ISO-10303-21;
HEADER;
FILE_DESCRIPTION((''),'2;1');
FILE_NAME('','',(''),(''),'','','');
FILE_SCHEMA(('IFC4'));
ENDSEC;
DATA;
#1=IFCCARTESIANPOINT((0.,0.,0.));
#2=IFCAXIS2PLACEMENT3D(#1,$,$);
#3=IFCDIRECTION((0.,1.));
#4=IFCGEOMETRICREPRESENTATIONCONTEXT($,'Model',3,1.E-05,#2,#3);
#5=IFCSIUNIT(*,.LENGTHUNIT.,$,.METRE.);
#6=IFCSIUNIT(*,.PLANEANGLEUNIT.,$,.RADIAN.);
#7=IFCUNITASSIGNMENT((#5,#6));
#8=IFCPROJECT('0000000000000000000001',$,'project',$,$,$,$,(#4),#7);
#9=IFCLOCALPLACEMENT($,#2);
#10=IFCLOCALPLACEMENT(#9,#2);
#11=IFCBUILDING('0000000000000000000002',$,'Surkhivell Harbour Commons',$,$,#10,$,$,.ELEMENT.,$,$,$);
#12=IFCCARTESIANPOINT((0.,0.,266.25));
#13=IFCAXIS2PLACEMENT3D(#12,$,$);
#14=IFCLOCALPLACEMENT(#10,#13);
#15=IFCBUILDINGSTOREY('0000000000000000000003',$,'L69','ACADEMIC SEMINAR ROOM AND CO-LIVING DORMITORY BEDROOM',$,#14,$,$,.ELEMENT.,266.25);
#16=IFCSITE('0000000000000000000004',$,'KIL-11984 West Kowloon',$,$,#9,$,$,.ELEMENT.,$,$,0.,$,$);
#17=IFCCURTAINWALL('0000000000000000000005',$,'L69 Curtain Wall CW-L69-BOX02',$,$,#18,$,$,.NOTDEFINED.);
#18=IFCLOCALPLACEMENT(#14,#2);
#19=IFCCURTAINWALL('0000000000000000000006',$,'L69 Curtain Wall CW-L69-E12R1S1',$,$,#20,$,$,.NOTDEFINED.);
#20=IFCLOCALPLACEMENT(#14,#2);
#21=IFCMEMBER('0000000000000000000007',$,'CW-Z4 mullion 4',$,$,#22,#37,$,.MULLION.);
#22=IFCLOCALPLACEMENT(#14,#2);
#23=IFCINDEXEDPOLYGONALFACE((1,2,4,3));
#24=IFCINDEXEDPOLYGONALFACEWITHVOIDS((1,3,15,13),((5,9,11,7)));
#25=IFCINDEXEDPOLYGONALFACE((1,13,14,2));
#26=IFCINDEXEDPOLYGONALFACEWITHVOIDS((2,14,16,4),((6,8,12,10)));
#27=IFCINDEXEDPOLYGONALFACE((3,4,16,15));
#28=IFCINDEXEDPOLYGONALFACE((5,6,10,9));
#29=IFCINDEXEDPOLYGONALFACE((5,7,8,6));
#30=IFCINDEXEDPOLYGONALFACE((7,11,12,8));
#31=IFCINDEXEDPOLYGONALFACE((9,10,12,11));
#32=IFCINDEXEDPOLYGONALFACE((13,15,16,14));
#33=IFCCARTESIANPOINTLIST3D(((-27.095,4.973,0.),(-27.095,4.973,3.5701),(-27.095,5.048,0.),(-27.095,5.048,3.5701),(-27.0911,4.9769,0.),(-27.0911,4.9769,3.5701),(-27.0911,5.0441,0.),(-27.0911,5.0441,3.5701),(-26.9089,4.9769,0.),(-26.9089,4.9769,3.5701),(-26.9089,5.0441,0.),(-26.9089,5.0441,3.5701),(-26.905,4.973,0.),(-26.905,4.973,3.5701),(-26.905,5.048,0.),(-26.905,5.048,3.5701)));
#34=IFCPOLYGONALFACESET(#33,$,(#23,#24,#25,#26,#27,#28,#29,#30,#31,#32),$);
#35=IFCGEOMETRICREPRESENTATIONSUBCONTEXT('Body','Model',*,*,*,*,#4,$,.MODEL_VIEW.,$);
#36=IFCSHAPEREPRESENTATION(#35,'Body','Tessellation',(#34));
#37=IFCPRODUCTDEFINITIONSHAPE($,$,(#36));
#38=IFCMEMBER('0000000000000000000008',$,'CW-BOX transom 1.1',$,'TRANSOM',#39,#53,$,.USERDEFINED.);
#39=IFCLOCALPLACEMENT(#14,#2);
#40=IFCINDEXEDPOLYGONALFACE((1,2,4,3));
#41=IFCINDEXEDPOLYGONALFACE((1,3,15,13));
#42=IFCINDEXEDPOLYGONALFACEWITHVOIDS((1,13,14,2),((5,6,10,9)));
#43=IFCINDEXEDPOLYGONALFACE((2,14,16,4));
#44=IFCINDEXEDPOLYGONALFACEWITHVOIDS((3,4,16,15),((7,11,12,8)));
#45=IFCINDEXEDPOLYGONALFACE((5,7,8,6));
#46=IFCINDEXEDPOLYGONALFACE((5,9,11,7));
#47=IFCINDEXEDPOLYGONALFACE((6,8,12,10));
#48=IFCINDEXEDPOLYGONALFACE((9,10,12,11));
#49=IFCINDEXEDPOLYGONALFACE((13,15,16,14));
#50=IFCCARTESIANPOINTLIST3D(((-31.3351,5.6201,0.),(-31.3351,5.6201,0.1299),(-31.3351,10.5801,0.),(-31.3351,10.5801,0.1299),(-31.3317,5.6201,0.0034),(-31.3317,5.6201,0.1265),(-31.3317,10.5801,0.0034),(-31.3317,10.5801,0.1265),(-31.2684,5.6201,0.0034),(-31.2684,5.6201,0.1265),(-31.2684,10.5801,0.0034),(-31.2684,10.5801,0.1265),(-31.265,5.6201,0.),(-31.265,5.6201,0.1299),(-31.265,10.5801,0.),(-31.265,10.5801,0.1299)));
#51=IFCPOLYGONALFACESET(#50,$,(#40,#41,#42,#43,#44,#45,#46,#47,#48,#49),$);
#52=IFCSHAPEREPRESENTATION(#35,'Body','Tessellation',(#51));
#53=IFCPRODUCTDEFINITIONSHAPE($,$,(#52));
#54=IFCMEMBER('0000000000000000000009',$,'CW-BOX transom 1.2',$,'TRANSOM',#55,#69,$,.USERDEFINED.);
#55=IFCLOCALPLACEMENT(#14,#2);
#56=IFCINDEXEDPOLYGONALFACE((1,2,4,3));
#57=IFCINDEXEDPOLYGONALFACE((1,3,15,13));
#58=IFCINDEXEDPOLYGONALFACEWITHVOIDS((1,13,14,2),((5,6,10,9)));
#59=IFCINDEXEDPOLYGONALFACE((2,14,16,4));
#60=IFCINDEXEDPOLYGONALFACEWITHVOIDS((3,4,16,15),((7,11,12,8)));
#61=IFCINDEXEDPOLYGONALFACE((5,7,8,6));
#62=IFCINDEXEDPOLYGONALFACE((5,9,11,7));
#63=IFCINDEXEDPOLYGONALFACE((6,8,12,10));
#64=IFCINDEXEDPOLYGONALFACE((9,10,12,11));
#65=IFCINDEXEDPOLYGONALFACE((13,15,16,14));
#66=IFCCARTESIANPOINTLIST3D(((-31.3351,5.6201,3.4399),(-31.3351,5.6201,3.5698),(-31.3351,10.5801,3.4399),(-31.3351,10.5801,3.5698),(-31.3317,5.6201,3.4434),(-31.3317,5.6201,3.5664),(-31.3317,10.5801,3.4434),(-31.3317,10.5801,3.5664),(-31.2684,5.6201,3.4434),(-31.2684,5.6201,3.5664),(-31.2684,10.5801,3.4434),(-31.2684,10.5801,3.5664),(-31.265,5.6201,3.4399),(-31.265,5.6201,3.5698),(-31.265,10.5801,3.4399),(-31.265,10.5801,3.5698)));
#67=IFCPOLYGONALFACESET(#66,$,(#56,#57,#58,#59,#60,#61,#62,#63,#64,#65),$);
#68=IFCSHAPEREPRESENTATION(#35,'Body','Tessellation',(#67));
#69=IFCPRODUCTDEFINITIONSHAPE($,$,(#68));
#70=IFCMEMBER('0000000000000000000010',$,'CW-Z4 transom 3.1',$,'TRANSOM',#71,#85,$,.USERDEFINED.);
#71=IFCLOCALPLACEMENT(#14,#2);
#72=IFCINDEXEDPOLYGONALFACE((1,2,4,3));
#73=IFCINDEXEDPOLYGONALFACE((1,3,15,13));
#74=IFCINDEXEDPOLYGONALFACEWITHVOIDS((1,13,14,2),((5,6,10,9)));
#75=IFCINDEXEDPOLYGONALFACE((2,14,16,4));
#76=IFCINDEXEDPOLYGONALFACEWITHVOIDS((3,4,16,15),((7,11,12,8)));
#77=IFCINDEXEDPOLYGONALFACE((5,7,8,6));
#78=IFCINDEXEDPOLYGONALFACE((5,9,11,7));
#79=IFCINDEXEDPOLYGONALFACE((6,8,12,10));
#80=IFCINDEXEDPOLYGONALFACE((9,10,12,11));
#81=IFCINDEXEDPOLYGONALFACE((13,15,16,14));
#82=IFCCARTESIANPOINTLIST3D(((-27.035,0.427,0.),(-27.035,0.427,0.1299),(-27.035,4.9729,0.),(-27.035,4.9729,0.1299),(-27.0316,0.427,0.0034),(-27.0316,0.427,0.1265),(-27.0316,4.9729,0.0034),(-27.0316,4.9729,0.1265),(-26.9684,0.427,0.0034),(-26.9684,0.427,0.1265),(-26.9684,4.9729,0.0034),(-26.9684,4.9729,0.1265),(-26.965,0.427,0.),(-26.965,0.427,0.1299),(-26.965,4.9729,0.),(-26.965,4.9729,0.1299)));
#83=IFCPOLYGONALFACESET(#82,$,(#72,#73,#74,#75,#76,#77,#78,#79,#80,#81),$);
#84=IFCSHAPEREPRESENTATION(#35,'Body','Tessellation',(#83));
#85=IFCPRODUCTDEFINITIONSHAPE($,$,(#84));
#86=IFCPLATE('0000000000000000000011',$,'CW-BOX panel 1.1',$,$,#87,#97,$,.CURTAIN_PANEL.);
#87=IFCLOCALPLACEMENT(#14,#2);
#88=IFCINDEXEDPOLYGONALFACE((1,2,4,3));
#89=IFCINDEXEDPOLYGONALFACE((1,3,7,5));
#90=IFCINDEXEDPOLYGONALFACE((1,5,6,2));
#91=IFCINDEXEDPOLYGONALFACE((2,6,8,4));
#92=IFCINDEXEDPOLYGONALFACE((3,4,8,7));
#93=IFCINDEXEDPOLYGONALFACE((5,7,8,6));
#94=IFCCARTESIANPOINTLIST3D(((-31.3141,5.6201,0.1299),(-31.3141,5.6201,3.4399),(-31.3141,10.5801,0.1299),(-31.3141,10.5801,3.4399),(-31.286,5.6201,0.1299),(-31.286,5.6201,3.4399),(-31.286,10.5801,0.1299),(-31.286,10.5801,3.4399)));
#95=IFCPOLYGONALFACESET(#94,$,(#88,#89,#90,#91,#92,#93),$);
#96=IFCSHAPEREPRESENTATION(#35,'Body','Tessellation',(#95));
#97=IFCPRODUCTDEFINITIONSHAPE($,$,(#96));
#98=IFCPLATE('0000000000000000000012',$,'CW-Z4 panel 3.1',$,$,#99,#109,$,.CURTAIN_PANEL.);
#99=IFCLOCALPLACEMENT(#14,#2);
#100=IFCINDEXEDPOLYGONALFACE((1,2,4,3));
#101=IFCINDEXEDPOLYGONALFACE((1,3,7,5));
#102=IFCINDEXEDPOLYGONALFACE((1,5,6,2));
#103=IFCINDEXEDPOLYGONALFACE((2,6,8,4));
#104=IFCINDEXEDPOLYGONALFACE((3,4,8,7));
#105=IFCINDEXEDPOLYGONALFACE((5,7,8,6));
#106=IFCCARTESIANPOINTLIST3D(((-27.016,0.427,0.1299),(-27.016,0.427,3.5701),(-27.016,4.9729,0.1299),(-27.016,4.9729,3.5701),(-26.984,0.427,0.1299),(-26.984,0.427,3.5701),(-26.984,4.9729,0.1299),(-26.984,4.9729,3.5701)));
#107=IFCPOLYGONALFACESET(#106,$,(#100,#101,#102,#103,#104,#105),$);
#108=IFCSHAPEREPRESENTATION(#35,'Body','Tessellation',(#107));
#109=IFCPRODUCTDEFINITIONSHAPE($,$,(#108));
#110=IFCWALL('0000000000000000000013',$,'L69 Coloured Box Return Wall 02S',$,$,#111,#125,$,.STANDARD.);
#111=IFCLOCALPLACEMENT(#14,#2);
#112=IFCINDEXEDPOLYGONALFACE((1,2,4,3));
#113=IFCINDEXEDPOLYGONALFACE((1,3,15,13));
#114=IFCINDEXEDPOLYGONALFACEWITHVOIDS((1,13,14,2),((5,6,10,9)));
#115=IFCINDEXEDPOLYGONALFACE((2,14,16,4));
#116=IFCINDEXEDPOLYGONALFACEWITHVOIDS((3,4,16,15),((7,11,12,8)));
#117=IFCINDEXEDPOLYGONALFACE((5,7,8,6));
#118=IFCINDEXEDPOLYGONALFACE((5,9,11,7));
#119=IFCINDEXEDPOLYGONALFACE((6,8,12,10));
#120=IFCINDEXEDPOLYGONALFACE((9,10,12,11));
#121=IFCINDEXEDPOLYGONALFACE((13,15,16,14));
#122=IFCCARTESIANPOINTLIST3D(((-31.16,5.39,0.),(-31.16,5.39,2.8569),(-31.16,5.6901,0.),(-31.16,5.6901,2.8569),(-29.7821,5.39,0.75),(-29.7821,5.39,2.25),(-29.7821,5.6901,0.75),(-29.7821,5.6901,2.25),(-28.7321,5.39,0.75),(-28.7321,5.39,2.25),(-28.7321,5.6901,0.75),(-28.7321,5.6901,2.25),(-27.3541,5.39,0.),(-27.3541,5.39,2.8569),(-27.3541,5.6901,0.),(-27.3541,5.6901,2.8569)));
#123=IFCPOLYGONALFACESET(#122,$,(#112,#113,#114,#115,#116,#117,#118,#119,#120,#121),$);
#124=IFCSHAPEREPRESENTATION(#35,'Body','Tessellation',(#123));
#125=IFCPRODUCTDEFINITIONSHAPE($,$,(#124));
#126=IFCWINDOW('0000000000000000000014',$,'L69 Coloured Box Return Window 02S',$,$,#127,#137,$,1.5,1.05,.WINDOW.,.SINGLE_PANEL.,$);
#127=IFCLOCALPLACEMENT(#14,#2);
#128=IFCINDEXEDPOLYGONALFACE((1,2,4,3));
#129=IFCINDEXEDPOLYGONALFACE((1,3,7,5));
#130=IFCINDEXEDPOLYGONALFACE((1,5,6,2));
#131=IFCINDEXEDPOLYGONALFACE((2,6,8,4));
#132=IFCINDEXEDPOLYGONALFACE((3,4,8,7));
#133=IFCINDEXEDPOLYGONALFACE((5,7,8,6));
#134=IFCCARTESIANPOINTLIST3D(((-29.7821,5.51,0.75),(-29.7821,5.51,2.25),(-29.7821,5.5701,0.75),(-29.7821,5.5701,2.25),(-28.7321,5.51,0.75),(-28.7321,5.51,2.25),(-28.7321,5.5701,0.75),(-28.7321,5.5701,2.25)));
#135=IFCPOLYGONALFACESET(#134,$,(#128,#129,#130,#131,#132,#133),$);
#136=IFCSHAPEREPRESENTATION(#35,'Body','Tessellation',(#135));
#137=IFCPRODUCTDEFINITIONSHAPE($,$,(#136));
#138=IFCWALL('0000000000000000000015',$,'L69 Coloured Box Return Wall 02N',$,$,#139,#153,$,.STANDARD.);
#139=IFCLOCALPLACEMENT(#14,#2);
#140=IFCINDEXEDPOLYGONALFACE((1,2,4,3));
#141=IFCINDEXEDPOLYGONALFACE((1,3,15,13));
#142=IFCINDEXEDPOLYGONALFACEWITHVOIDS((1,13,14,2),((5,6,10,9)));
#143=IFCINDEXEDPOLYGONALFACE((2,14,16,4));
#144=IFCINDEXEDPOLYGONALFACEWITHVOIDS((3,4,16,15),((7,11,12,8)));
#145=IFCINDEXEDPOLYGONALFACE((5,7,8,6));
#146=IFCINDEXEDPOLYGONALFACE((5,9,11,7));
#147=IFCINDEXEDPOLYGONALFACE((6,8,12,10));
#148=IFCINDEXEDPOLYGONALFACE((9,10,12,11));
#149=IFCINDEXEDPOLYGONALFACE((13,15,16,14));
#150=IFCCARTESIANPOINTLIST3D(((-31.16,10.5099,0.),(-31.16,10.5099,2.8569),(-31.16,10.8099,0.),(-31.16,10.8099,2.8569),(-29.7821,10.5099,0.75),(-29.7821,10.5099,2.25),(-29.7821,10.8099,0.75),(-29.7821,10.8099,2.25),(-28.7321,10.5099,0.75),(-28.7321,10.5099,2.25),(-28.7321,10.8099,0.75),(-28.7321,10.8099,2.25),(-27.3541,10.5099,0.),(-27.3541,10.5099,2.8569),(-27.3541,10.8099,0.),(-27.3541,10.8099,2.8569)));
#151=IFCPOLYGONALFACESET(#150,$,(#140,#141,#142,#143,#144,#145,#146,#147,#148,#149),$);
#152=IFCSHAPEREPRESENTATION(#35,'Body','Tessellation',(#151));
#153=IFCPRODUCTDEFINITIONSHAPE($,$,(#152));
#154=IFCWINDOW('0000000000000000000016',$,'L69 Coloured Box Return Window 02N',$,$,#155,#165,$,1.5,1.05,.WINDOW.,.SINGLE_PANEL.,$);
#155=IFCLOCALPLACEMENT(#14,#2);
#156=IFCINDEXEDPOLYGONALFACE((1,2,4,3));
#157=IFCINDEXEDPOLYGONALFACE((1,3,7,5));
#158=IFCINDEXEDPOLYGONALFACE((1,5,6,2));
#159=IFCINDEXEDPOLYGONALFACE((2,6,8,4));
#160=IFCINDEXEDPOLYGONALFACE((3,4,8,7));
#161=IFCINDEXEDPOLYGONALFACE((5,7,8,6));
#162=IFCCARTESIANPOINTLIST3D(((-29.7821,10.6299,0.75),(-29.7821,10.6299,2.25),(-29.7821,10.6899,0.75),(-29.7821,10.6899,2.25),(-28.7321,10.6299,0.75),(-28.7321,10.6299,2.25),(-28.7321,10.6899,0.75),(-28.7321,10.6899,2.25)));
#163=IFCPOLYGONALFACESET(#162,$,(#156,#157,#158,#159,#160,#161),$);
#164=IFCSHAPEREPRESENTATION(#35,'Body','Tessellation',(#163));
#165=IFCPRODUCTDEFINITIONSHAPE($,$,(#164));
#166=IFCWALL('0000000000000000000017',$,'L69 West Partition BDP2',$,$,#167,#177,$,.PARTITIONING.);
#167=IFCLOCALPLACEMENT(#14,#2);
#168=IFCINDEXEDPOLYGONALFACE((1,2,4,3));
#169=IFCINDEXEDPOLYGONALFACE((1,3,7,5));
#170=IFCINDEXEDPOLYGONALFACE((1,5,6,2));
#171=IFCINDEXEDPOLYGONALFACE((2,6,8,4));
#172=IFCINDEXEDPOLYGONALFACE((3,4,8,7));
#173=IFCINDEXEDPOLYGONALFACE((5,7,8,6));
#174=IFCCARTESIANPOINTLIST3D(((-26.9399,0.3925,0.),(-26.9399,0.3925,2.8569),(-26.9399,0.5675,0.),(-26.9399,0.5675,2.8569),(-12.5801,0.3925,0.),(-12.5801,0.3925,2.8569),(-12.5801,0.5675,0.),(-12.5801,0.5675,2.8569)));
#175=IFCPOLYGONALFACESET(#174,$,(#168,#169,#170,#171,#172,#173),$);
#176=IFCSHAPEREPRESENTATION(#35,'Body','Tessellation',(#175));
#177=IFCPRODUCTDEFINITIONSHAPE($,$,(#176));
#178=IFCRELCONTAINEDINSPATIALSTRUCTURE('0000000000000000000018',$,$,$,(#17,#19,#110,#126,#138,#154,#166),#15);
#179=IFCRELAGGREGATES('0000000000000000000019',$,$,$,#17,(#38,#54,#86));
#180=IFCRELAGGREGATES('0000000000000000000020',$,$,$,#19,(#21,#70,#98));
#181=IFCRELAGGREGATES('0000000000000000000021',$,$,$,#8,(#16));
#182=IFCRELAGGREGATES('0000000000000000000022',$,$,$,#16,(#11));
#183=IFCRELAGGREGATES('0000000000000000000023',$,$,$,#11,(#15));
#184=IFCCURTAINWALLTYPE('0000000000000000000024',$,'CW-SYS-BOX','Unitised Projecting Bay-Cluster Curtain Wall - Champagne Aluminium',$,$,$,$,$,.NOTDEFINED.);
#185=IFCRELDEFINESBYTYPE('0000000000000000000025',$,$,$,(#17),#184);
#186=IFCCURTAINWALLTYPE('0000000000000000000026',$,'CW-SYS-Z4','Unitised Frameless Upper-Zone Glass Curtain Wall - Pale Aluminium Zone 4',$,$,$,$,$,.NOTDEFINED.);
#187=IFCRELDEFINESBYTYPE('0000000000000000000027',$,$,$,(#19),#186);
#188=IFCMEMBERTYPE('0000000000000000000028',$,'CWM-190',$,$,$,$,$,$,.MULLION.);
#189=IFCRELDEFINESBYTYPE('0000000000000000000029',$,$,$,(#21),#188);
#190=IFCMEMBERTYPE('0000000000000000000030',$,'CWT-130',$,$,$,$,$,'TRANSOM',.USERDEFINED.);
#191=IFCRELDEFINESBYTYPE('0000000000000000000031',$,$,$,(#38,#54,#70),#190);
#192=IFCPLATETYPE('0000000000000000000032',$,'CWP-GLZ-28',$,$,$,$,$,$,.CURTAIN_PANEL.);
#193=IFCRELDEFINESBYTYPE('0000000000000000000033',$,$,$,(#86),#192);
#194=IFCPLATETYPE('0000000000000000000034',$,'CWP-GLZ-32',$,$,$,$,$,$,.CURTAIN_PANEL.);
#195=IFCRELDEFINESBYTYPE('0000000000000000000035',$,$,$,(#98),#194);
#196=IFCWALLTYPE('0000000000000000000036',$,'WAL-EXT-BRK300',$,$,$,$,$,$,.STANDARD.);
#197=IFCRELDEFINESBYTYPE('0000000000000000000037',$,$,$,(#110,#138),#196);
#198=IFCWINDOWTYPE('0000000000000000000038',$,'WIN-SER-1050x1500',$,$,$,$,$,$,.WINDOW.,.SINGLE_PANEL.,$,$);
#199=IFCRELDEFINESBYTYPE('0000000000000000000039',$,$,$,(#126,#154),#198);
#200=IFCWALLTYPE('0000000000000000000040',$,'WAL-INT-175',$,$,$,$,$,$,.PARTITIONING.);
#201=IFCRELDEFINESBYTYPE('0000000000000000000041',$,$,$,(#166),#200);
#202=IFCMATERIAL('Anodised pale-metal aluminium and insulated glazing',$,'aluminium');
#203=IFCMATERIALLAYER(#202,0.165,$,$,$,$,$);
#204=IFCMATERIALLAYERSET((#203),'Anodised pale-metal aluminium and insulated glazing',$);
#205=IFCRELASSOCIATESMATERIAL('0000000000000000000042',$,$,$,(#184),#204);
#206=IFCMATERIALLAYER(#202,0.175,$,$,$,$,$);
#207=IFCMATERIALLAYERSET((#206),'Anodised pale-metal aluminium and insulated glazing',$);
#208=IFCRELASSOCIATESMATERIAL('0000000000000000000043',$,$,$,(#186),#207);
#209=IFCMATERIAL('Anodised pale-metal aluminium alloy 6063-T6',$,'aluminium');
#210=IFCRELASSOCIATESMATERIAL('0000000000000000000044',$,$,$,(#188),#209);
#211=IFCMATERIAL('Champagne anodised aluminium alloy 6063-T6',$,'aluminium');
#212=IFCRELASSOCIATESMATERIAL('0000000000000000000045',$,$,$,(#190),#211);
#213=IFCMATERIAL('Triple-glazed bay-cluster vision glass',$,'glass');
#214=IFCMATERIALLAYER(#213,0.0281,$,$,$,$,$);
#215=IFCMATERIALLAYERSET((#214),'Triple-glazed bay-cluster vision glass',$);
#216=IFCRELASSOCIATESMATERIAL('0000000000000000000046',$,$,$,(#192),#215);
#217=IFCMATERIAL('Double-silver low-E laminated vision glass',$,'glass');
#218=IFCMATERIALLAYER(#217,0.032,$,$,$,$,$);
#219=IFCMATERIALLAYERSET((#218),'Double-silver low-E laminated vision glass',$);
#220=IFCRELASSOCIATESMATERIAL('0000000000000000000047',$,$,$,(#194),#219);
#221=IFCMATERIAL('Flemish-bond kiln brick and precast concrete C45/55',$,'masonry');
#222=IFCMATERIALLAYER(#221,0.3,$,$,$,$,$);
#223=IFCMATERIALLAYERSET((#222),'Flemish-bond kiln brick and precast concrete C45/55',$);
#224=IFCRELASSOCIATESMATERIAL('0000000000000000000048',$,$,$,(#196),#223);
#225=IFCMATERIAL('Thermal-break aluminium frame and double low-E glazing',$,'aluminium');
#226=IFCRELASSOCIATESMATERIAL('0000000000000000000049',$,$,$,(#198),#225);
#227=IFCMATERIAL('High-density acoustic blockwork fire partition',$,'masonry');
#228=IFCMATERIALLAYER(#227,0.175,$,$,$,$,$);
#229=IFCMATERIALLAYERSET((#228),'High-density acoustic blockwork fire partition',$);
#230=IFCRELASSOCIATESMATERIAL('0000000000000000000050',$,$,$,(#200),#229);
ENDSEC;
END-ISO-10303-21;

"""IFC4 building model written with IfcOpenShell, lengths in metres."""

from ifc_helpers import new_model, si_unit, direction, frame, frame_2d, origin, origin_2d, place, context, subcontext, project, spatial, rectangle, hollow_rectangle, extrude, material, layer, layer_set, material_profile, profile_set, type_object, element, fill, aggregate, save


model = new_model("IFC4")

# Units and contexts
model_context = context("Model", 3, precision=1e-05, world=origin(), true_north=direction((0.0, 1.0)))
body_context = subcontext(model_context, "Body", "Model", "MODEL_VIEW")
ifc_project = project(units=[si_unit("LENGTHUNIT", "METRE"), si_unit("PLANEANGLEUNIT", "RADIAN")], contexts=[model_context])

# Site, building, storey
site_placement = place(None, origin())
site = spatial("IfcSite", under=ifc_project, at=site_placement, Name="KIL-11984 West Kowloon", CompositionType="ELEMENT", RefElevation=0.0)
building_placement = place(site_placement, origin())
building = spatial("IfcBuilding", under=site, at=building_placement, Name="Surkhivell Harbour Commons", CompositionType="ELEMENT")
storey_placement = place(building_placement, frame((0.0, 0.0, 266.25)))
storey = spatial("IfcBuildingStorey", under=building, at=storey_placement, Name="L69", Description="ACADEMIC SEMINAR ROOM AND CO-LIVING DORMITORY BEDROOM", CompositionType="ELEMENT", Elevation=266.25)

# Curtain wall
ifc_material_1 = material(Name="Anodised pale-metal aluminium and insulated glazing", Category="aluminium")
ifc_layer_1 = layer(ifc_material_1, 0.165)
ifc_layer_set_1 = layer_set([ifc_layer_1], Name="Anodised pale-metal aluminium and insulated glazing")
curtain_wall_type_1 = type_object("IfcCurtainWallType", Name="CW-SYS-BOX", Description="Unitised Projecting Bay-Cluster Curtain Wall - Champagne Aluminium", PredefinedType="NOTDEFINED", material=ifc_layer_set_1)
curtain_wall_1_placement = place(storey_placement, origin())
curtain_wall_1 = element("IfcCurtainWall", 1, at=curtain_wall_1_placement, inside=storey, type_object=curtain_wall_type_1, Name="L69 Curtain Wall CW-L69-BOX02", PredefinedType="NOTDEFINED")
ifc_material_2 = material(Name="Champagne anodised aluminium alloy 6063-T6", Category="aluminium")

# Curtain wall, member
ifc_layer_2 = layer(ifc_material_1, 0.175)
ifc_layer_set_2 = layer_set([ifc_layer_2], Name="Anodised pale-metal aluminium and insulated glazing")
curtain_wall_type_2 = type_object("IfcCurtainWallType", Name="CW-SYS-Z4", Description="Unitised Frameless Upper-Zone Glass Curtain Wall - Pale Aluminium Zone 4", PredefinedType="NOTDEFINED", material=ifc_layer_set_2)
curtain_wall_2_placement = place(storey_placement, origin())
curtain_wall_2 = element("IfcCurtainWall", 2, at=curtain_wall_2_placement, inside=storey, type_object=curtain_wall_type_2, Name="L69 Curtain Wall CW-L69-E12R1S1", PredefinedType="NOTDEFINED")
ifc_material_3 = material(Name="Anodised pale-metal aluminium alloy 6063-T6", Category="aluminium")
ifc_material_profile_1 = material_profile(ifc_material_3, hollow_rectangle(XDim=0.075, YDim=0.1899, WallThickness=0.0039, at=origin_2d()), Name="ALU-MULL-75x190")
ifc_profile_set_1 = profile_set([ifc_material_profile_1], Name="Anodised pale-metal aluminium alloy 6063-T6")
member_type_1 = type_object("IfcMemberType", Name="CWM-190", PredefinedType="MULLION", material=ifc_profile_set_1)
member_1_placement = place(storey_placement, frame((-27.0, 5.0105, 0.0), z_axis=(0.0, 0.0, 1.0), x_axis=(0.0, 1.0, 0.0)))
member_1 = element("IfcMember", 3, at=member_1_placement, type_object=member_type_1, Name="CW-Z4 mullion 4", PredefinedType="MULLION", context=body_context, shape_type="SweptSolid", body=[
    extrude(hollow_rectangle(XDim=0.075, YDim=0.1899, WallThickness=0.0039, at=origin_2d()), origin(), (0.0, 0.0, 1.0), 3.5701),
])

# Members
ifc_material_profile_2 = material_profile(ifc_material_2, hollow_rectangle(XDim=0.0701, YDim=0.1299, WallThickness=0.0034, at=origin_2d()), Name="ALU-TRAN-70x130")
ifc_profile_set_2 = profile_set([ifc_material_profile_2], Name="Champagne anodised aluminium alloy 6063-T6")
member_type_2 = type_object("IfcMemberType", Name="CWT-130", ElementType="TRANSOM", PredefinedType="USERDEFINED", material=ifc_profile_set_2)
member_2_placement = place(storey_placement, frame((-31.3, 5.6201, 0.0649), z_axis=(0.0, 1.0, 0.0), x_axis=(-1.0, 0.0, 0.0)))
member_2 = element("IfcMember", 4, at=member_2_placement, type_object=member_type_2, Name="CW-BOX transom 1.1", ObjectType="TRANSOM", PredefinedType="USERDEFINED", context=body_context, shape_type="SweptSolid", body=[
    extrude(hollow_rectangle(XDim=0.0701, YDim=0.1299, WallThickness=0.0034, at=origin_2d()), origin(), (0.0, 0.0, 1.0), 4.96),
])
member_3_placement = place(storey_placement, frame((-31.3, 5.6201, 3.5049), z_axis=(0.0, 1.0, 0.0), x_axis=(-1.0, 0.0, 0.0)))
member_3 = element("IfcMember", 5, at=member_3_placement, type_object=member_type_2, Name="CW-BOX transom 1.2", ObjectType="TRANSOM", PredefinedType="USERDEFINED", context=body_context, shape_type="SweptSolid", body=[
    extrude(hollow_rectangle(XDim=0.0701, YDim=0.1299, WallThickness=0.0034, at=origin_2d()), origin(), (0.0, 0.0, 1.0), 4.96),
])
member_4_placement = place(storey_placement, frame((-27.0, 0.427, 0.0649), z_axis=(0.0, 1.0, 0.0), x_axis=(-1.0, 0.0, 0.0)))
member_4 = element("IfcMember", 6, at=member_4_placement, type_object=member_type_2, Name="CW-Z4 transom 3.1", ObjectType="TRANSOM", PredefinedType="USERDEFINED", context=body_context, shape_type="SweptSolid", body=[
    extrude(hollow_rectangle(XDim=0.0701, YDim=0.1299, WallThickness=0.0034, at=origin_2d()), origin(), (0.0, 0.0, 1.0), 4.5459),
])

# Plates
ifc_material_4 = material(Name="Triple-glazed bay-cluster vision glass", Category="glass")
ifc_layer_3 = layer(ifc_material_4, 0.0281)
ifc_layer_set_3 = layer_set([ifc_layer_3], Name="Triple-glazed bay-cluster vision glass")
plate_type_1 = type_object("IfcPlateType", Name="CWP-GLZ-28", PredefinedType="CURTAIN_PANEL", material=ifc_layer_set_3)
plate_1_placement = place(storey_placement, frame((-31.3, 5.6201, 0.1299), z_axis=(0.0, 0.0, 1.0), x_axis=(0.0, 1.0, 0.0)))
plate_1 = element("IfcPlate", 7, at=plate_1_placement, type_object=plate_type_1, Name="CW-BOX panel 1.1", PredefinedType="CURTAIN_PANEL", context=body_context, shape_type="SweptSolid", body=[
    extrude(rectangle(XDim=4.96, YDim=0.0281, at=frame_2d((2.48, 0.0))), origin(), (0.0, 0.0, 1.0), 3.3101),
])
aggregate(curtain_wall_1, [member_2, member_3, plate_1])
ifc_material_5 = material(Name="Double-silver low-E laminated vision glass", Category="glass")
ifc_layer_4 = layer(ifc_material_5, 0.032)
ifc_layer_set_4 = layer_set([ifc_layer_4], Name="Double-silver low-E laminated vision glass")
plate_type_2 = type_object("IfcPlateType", Name="CWP-GLZ-32", PredefinedType="CURTAIN_PANEL", material=ifc_layer_set_4)
plate_2_placement = place(storey_placement, frame((-27.0, 0.427, 0.1299), z_axis=(0.0, 0.0, 1.0), x_axis=(0.0, 1.0, 0.0)))
plate_2 = element("IfcPlate", 8, at=plate_2_placement, type_object=plate_type_2, Name="CW-Z4 panel 3.1", PredefinedType="CURTAIN_PANEL", context=body_context, shape_type="SweptSolid", body=[
    extrude(rectangle(XDim=4.5459, YDim=0.032, at=frame_2d((2.2729, 0.0))), origin(), (0.0, 0.0, 1.0), 3.4402),
])
aggregate(curtain_wall_2, [member_1, member_4, plate_2])

# Walls, openings, windows
ifc_material_6 = material(Name="Flemish-bond kiln brick and precast concrete C45/55", Category="masonry")
ifc_layer_5 = layer(ifc_material_6, 0.3)
ifc_layer_set_5 = layer_set([ifc_layer_5], Name="Flemish-bond kiln brick and precast concrete C45/55")
wall_type_1 = type_object("IfcWallType", Name="WAL-EXT-BRK300", PredefinedType="STANDARD", material=ifc_layer_set_5)
wall_1_placement = place(storey_placement, frame((-31.1599, 5.54, 0.0), z_axis=(0.0, 0.0, 1.0), x_axis=(1.0, 0.0, 0.0)))
wall_1 = element("IfcWall", 9, at=wall_1_placement, inside=storey, type_object=wall_type_1, Name="L69 Coloured Box Return Wall 02S", PredefinedType="STANDARD", context=body_context, shape_type="SweptSolid", body=[
    extrude(rectangle(XDim=3.8059, YDim=0.3, at=frame_2d((1.9028, 0.0))), origin(), (0.0, 0.0, 1.0), 2.8569),
])
opening_1_placement = place(wall_1_placement, frame((1.3779, 0.0, 0.75)))
opening_1 = element("IfcOpeningElement", 10, at=opening_1_placement, cuts=wall_1, PredefinedType="OPENING", context=body_context, shape_type="SweptSolid", body=[
    extrude(rectangle(XDim=1.05, YDim=1.5, at=frame_2d((0.5249, 0.75))), frame((0.0, 0.1599, 0.0), z_axis=(0.0, -1.0, 0.0), x_axis=(1.0, 0.0, 0.0)), (0.0, 0.0, 1.0), 0.3201),
])
ifc_material_7 = material(Name="Thermal-break aluminium frame and double low-E glazing", Category="aluminium")
window_type = type_object("IfcWindowType", Name="WIN-SER-1050x1500", PartitioningType="SINGLE_PANEL", PredefinedType="WINDOW", material=ifc_material_7)
window_1_placement = place(opening_1_placement, origin())
window_1 = element("IfcWindow", 11, at=window_1_placement, inside=storey, type_object=window_type, Name="L69 Coloured Box Return Window 02S", OverallHeight=1.5, OverallWidth=1.05, PartitioningType="SINGLE_PANEL", PredefinedType="WINDOW", context=body_context, shape_type="SweptSolid", body=[
    extrude(rectangle(XDim=1.05, YDim=1.5, at=frame_2d((0.5249, 0.75))), frame((0.0, 0.03, 0.0), z_axis=(0.0, -1.0, 0.0), x_axis=(1.0, 0.0, 0.0)), (0.0, 0.0, 1.0), 0.0601),
])
fill(opening_1, window_1)
wall_2_placement = place(storey_placement, frame((-31.1599, 10.6599, 0.0), z_axis=(0.0, 0.0, 1.0), x_axis=(1.0, 0.0, 0.0)))
wall_2 = element("IfcWall", 12, at=wall_2_placement, inside=storey, type_object=wall_type_1, Name="L69 Coloured Box Return Wall 02N", PredefinedType="STANDARD", context=body_context, shape_type="SweptSolid", body=[
    extrude(rectangle(XDim=3.8059, YDim=0.3, at=frame_2d((1.9028, 0.0))), origin(), (0.0, 0.0, 1.0), 2.8569),
])
opening_2_placement = place(wall_2_placement, frame((1.3779, 0.0, 0.75)))
opening_2 = element("IfcOpeningElement", 13, at=opening_2_placement, cuts=wall_2, PredefinedType="OPENING", context=body_context, shape_type="SweptSolid", body=[
    extrude(rectangle(XDim=1.05, YDim=1.5, at=frame_2d((0.5249, 0.75))), frame((0.0, 0.1599, 0.0), z_axis=(0.0, -1.0, 0.0), x_axis=(1.0, 0.0, 0.0)), (0.0, 0.0, 1.0), 0.3201),
])
window_2_placement = place(opening_2_placement, origin())
window_2 = element("IfcWindow", 14, at=window_2_placement, inside=storey, type_object=window_type, Name="L69 Coloured Box Return Window 02N", OverallHeight=1.5, OverallWidth=1.05, PartitioningType="SINGLE_PANEL", PredefinedType="WINDOW", context=body_context, shape_type="SweptSolid", body=[
    extrude(rectangle(XDim=1.05, YDim=1.5, at=frame_2d((0.5249, 0.75))), frame((0.0, 0.03, 0.0), z_axis=(0.0, -1.0, 0.0), x_axis=(1.0, 0.0, 0.0)), (0.0, 0.0, 1.0), 0.0601),
])
fill(opening_2, window_2)

# Wall
ifc_material_8 = material(Name="High-density acoustic blockwork fire partition", Category="masonry")
ifc_layer_6 = layer(ifc_material_8, 0.175)
ifc_layer_set_6 = layer_set([ifc_layer_6], Name="High-density acoustic blockwork fire partition")
wall_type_2 = type_object("IfcWallType", Name="WAL-INT-175", PredefinedType="PARTITIONING", material=ifc_layer_set_6)
for number, where, z_axis, x_axis, name in (
    (15, (-26.9399, 0.48, 0.0), (0.0, 0.0, 1.0), (1.0, 0.0, 0.0), "L69 West Partition BDP2"),
):
    element("IfcWall", number, at=place(storey_placement, frame(where, z_axis=z_axis, x_axis=x_axis)), inside=storey, type_object=wall_type_2, Name=name, PredefinedType="PARTITIONING", context=body_context, shape_type="SweptSolid", body=[
        extrude(rectangle(XDim=14.3599, YDim=0.175, at=frame_2d((7.1799, 0.0))), origin(), (0.0, 0.0, 1.0), 2.8569),
    ])

save(model, "model.ifc")
